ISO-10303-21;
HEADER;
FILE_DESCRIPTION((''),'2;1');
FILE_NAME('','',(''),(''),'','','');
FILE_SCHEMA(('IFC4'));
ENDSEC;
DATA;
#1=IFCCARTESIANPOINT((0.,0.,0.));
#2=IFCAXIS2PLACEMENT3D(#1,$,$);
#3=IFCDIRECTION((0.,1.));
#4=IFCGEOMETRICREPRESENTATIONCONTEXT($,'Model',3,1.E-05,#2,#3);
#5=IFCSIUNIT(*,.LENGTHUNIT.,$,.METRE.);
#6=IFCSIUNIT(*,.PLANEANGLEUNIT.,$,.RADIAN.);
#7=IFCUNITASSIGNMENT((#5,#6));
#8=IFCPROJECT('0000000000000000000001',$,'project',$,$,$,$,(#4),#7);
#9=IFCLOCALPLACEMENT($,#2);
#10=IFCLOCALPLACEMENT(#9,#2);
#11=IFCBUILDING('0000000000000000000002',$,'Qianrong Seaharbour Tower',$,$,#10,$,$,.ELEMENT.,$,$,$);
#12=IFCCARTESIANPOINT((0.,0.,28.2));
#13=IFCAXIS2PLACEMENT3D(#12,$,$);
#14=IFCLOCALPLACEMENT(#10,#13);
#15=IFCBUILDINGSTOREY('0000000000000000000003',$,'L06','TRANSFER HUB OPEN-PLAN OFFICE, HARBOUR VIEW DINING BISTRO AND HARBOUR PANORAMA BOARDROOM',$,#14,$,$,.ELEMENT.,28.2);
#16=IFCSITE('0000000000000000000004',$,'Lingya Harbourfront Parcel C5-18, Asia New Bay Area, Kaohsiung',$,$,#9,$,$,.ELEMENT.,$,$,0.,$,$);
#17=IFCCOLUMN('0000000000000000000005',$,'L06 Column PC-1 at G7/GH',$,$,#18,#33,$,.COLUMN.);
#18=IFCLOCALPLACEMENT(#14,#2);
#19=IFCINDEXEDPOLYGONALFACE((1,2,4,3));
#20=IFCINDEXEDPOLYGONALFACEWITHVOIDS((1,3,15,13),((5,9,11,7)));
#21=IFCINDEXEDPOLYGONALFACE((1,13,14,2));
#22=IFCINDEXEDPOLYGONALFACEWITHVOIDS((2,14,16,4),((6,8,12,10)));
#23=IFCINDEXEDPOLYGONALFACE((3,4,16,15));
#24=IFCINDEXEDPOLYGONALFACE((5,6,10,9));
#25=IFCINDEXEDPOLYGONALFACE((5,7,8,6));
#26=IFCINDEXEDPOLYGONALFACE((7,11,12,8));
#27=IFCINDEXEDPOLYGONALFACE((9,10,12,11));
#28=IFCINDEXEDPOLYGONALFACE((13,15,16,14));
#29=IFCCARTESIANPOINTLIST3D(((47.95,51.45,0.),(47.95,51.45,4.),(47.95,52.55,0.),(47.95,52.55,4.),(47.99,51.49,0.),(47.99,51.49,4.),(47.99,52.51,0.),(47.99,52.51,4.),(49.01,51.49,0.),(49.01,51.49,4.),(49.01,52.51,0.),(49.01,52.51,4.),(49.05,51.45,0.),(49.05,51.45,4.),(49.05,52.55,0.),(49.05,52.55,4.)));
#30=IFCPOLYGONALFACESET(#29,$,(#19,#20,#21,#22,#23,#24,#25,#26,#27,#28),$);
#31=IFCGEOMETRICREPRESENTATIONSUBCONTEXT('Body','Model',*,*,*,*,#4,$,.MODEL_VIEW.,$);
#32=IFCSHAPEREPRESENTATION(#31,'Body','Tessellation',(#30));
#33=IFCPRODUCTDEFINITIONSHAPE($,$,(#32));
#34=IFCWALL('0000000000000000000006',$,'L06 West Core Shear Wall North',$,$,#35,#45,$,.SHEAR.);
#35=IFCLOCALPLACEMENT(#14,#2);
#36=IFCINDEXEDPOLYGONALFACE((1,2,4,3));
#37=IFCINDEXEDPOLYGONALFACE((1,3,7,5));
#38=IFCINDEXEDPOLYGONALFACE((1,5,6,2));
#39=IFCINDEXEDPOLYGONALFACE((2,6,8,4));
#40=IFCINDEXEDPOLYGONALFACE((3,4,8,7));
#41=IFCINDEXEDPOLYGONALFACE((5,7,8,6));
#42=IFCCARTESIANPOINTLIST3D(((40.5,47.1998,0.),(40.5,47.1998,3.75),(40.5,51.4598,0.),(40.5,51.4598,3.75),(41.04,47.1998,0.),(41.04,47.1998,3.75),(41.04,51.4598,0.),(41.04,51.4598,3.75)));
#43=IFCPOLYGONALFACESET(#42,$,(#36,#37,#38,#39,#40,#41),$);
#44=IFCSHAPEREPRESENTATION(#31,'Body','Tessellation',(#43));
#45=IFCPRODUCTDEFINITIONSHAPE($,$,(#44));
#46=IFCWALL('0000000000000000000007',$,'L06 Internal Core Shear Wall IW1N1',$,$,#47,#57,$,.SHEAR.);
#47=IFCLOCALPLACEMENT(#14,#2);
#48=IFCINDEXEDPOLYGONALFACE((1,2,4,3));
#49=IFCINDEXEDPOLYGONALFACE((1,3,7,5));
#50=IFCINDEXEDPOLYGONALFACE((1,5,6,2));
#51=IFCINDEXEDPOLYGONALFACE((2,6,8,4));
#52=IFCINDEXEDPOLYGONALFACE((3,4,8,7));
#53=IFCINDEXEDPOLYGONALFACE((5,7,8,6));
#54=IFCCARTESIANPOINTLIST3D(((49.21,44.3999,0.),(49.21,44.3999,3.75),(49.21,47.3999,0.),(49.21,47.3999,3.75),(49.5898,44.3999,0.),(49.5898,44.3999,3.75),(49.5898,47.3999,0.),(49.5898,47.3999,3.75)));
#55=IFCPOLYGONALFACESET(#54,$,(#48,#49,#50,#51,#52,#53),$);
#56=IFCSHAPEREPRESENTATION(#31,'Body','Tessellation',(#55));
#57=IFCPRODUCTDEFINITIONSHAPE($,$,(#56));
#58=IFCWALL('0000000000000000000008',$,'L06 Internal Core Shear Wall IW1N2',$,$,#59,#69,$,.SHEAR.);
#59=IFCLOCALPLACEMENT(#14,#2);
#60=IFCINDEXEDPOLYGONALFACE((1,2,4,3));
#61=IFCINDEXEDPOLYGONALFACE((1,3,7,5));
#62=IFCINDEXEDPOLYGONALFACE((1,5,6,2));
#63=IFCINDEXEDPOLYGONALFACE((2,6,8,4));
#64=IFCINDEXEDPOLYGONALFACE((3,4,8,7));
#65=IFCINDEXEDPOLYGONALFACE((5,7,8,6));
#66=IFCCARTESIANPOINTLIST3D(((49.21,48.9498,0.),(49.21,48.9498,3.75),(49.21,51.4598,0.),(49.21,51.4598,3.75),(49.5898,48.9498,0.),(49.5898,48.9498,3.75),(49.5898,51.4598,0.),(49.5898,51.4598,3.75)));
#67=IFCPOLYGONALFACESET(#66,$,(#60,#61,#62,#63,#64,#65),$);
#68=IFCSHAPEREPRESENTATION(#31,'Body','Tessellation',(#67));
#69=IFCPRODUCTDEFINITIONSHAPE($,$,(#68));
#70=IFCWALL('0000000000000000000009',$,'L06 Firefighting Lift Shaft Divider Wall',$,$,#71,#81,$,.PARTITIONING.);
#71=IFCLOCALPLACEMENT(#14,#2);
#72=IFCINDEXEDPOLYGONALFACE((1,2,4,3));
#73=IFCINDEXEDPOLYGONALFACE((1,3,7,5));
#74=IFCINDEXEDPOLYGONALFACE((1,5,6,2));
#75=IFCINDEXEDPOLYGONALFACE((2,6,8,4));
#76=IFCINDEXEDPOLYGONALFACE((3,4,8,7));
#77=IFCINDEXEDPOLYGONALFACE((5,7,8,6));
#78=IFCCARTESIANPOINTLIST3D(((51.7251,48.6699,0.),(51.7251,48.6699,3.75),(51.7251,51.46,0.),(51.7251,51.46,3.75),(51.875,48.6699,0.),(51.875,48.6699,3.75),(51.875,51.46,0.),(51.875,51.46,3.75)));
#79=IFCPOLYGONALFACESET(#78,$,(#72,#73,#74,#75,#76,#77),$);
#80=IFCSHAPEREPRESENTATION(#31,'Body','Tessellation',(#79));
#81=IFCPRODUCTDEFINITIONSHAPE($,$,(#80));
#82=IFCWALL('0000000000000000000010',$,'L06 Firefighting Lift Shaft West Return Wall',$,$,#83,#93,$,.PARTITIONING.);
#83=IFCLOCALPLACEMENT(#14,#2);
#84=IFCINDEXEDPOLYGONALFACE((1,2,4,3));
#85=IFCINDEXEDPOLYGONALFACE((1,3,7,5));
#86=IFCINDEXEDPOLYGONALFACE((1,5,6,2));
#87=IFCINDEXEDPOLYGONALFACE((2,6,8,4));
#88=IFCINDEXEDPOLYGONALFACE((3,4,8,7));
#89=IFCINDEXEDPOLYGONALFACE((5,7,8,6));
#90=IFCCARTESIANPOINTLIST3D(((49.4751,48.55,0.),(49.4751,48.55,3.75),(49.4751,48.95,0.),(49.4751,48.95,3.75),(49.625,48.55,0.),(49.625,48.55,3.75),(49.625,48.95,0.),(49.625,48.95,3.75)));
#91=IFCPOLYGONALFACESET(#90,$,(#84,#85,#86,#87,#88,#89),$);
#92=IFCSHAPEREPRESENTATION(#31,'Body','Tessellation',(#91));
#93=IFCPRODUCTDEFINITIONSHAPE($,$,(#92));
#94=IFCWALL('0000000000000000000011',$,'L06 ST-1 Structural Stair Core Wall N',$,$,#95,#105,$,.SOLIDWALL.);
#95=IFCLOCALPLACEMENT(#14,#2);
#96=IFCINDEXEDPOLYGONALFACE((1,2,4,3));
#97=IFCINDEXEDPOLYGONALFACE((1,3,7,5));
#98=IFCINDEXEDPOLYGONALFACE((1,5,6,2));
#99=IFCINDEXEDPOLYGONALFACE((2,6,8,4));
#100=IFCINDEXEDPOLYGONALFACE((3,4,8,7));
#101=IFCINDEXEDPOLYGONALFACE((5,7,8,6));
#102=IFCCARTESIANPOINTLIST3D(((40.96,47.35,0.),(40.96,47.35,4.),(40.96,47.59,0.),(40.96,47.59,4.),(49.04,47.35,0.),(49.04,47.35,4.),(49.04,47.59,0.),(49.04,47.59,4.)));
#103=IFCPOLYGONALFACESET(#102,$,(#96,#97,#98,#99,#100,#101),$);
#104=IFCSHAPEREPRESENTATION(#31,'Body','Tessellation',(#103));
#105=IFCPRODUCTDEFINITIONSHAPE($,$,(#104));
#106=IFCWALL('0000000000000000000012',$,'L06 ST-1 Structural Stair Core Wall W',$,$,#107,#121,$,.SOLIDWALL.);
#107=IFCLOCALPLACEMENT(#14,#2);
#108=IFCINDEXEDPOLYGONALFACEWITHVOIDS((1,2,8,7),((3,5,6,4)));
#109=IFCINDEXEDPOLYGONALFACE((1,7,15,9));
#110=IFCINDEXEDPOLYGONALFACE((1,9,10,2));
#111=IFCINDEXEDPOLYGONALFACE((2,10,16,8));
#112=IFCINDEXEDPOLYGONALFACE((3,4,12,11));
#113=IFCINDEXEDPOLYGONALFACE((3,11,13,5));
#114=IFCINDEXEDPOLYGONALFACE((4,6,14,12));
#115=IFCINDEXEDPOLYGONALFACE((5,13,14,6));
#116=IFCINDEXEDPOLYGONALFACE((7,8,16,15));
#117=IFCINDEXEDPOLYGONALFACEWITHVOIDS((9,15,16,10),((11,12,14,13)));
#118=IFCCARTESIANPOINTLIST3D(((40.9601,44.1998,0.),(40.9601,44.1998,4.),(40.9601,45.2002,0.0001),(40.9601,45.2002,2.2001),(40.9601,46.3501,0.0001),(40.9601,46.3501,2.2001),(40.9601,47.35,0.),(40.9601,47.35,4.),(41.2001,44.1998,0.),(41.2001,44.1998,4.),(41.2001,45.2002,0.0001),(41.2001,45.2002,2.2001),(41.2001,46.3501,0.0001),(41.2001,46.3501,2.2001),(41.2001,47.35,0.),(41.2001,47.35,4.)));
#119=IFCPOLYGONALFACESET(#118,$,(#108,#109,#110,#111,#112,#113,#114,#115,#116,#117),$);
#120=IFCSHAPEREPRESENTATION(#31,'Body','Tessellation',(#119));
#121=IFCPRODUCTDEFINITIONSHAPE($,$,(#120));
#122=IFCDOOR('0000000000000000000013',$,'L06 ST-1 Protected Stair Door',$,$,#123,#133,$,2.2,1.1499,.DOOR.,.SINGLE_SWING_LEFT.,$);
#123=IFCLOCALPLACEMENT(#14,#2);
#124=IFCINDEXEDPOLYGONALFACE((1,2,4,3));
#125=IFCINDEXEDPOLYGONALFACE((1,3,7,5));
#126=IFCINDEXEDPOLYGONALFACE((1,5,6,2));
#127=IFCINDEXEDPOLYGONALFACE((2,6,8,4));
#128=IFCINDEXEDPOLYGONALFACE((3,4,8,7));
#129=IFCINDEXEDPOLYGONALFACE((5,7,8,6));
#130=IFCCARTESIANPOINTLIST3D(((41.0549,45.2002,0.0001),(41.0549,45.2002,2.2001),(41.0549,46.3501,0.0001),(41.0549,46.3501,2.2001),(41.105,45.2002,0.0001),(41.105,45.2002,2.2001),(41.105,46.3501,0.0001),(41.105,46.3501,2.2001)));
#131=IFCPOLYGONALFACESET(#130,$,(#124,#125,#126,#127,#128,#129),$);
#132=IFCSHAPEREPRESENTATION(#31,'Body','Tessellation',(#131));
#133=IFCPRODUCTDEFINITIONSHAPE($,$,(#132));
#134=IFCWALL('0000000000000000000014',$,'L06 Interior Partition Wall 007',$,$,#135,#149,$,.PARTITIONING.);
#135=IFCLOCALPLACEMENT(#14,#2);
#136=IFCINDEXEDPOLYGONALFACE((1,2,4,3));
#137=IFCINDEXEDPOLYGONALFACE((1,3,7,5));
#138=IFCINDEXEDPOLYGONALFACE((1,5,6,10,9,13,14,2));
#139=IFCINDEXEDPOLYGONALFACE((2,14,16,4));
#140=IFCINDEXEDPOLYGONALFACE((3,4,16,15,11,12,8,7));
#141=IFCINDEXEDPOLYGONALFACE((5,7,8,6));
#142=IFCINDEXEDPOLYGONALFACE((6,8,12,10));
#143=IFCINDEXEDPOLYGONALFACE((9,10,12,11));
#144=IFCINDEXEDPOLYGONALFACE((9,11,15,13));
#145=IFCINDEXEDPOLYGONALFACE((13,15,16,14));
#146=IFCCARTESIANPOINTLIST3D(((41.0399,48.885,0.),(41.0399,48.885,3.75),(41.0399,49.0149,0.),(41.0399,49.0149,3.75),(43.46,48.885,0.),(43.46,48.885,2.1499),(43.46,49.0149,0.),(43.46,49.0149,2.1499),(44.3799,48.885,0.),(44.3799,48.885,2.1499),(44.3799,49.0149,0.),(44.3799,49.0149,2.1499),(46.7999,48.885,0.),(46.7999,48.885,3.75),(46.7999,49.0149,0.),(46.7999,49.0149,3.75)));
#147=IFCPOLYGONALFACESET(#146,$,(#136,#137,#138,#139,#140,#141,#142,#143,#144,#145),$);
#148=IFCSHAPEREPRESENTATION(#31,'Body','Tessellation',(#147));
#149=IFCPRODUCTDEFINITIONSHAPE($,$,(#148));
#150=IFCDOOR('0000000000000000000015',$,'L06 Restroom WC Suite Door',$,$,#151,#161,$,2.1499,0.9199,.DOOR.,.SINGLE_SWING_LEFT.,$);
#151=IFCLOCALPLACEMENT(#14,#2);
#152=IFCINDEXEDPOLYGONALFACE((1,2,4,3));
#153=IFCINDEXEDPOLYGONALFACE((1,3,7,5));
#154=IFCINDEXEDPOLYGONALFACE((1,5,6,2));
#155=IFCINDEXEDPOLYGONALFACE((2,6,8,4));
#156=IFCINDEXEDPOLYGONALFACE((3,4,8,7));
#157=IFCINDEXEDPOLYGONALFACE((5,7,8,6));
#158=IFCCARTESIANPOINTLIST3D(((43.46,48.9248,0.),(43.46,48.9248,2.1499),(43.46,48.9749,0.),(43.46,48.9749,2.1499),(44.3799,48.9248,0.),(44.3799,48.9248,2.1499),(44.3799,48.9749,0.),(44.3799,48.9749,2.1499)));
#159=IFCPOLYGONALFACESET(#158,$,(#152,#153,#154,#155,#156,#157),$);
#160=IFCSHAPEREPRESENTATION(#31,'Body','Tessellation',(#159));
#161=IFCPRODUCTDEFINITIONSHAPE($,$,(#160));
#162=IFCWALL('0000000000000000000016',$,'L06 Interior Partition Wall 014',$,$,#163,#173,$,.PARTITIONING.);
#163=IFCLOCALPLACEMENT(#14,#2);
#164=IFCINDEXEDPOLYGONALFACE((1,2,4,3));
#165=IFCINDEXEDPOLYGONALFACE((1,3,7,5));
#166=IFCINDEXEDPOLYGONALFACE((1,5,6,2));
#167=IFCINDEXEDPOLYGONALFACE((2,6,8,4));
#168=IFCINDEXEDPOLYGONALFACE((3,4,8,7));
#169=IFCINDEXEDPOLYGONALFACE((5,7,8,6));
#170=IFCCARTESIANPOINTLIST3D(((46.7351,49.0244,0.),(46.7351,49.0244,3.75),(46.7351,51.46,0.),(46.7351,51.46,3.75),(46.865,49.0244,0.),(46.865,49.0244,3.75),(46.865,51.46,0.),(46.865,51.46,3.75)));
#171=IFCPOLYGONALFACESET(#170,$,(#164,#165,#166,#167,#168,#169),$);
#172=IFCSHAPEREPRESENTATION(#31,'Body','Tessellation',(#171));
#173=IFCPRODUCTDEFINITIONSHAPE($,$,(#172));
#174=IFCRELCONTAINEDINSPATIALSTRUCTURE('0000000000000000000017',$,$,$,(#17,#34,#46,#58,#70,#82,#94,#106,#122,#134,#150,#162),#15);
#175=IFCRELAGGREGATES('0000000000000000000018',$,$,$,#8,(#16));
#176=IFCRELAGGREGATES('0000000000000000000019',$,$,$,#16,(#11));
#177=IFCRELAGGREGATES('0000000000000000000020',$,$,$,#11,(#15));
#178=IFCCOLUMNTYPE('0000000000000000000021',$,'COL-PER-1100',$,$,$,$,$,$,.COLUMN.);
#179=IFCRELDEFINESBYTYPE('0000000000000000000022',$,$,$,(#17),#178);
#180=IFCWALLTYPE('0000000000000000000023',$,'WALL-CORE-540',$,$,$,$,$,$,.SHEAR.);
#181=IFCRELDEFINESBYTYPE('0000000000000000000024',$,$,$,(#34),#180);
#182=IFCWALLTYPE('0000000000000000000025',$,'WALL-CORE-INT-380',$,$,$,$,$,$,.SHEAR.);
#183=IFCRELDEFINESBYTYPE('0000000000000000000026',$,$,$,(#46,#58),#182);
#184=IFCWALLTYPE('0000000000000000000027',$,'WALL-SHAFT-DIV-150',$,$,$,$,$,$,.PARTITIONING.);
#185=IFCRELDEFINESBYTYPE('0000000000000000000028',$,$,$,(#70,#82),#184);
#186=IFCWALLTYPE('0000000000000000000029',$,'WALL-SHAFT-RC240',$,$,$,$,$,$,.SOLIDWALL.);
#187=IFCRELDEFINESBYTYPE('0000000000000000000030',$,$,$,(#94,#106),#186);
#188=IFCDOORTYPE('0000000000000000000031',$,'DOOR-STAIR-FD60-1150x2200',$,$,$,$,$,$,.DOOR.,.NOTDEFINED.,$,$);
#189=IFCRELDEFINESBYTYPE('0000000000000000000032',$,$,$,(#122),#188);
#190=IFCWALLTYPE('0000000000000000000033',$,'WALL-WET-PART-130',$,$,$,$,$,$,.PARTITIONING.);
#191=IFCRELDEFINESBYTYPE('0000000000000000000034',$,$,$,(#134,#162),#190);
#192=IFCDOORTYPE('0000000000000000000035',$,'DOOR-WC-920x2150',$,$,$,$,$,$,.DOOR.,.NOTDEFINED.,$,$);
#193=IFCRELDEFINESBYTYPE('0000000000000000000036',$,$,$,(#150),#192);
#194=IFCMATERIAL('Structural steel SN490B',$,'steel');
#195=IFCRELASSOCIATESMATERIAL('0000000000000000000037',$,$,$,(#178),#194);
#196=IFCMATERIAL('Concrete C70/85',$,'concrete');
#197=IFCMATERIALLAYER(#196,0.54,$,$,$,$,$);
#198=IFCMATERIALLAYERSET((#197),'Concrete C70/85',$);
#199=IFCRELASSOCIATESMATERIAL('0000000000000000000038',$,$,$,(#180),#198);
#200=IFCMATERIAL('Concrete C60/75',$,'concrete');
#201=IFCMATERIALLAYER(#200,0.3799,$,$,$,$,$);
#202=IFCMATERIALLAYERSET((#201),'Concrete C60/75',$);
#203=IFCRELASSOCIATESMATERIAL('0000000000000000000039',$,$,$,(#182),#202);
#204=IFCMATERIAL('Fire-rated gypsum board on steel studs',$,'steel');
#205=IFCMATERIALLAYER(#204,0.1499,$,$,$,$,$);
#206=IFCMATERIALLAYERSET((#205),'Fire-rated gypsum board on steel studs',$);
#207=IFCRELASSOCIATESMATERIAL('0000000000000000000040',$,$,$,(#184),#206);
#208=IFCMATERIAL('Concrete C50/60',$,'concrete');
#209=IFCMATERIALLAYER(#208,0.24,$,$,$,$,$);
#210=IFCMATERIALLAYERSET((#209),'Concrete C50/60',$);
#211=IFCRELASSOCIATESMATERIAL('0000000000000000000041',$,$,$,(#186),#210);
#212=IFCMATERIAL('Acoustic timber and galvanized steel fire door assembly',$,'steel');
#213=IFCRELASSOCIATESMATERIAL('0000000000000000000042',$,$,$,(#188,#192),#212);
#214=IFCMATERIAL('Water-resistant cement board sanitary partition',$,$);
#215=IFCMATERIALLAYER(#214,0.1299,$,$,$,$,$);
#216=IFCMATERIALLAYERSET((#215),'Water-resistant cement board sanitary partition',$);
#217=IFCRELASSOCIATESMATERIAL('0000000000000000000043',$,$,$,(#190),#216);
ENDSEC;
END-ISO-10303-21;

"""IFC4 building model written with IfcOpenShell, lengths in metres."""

from ifc_helpers import new_model, si_unit, direction, frame, frame_2d, origin, origin_2d, place, context, subcontext, project, spatial, rectangle, hollow_rectangle, extrude, material, layer, layer_set, material_profile, profile_set, type_object, element, fill, save


model = new_model("IFC4")

# Units and contexts
model_context = context("Model", 3, precision=1e-05, world=origin(), true_north=direction((0.0, 1.0)))
body_context = subcontext(model_context, "Body", "Model", "MODEL_VIEW")
ifc_project = project(units=[si_unit("LENGTHUNIT", "METRE"), si_unit("PLANEANGLEUNIT", "RADIAN")], contexts=[model_context])

# Site, building, storey
site_placement = place(None, origin())
site = spatial("IfcSite", under=ifc_project, at=site_placement, Name="Lingya Harbourfront Parcel C5-18, Asia New Bay Area, Kaohsiung", CompositionType="ELEMENT", RefElevation=0.0)
building_placement = place(site_placement, origin())
building = spatial("IfcBuilding", under=site, at=building_placement, Name="Qianrong Seaharbour Tower", CompositionType="ELEMENT")
storey_placement = place(building_placement, frame((0.0, 0.0, 28.2)))
storey = spatial("IfcBuildingStorey", under=building, at=storey_placement, Name="L06", Description="TRANSFER HUB OPEN-PLAN OFFICE, HARBOUR VIEW DINING BISTRO AND HARBOUR PANORAMA BOARDROOM", CompositionType="ELEMENT", Elevation=28.2)

# Column
ifc_material_1 = material(Name="Structural steel SN490B", Category="steel")
ifc_material_profile = material_profile(ifc_material_1, hollow_rectangle(XDim=1.1001, YDim=1.1001, WallThickness=0.04, at=origin_2d()), Name="BOX1100x1100x40")
ifc_profile_set = profile_set([ifc_material_profile], Name="Structural steel SN490B")
column_type = type_object("IfcColumnType", Name="COL-PER-1100", PredefinedType="COLUMN", material=ifc_profile_set)
column_placement = place(storey_placement, frame((48.5, 52.0, 0.0), z_axis=(0.0, 0.0, 1.0), x_axis=(1.0, 0.0, 0.0)))
element("IfcColumn", 1, at=column_placement, inside=storey, type_object=column_type, Name="L06 Column PC-1 at G7/GH", PredefinedType="COLUMN", context=body_context, shape_type="SweptSolid", body=[
    extrude(hollow_rectangle(XDim=1.1001, YDim=1.1001, WallThickness=0.04, at=origin_2d()), origin(), (0.0, 0.0, 1.0), 4.0),
])

# Walls
ifc_material_2 = material(Name="Concrete C70/85", Category="concrete")
ifc_layer_1 = layer(ifc_material_2, 0.54)
ifc_layer_set_1 = layer_set([ifc_layer_1], Name="Concrete C70/85")
wall_type_1 = type_object("IfcWallType", Name="WALL-CORE-540", PredefinedType="SHEAR", material=ifc_layer_set_1)
wall_1_placement = place(storey_placement, frame((40.77, 47.2, 0.0), z_axis=(0.0, 0.0, 1.0), x_axis=(0.0, 1.0, 0.0)))
element("IfcWall", 2, at=wall_1_placement, inside=storey, type_object=wall_type_1, Name="L06 West Core Shear Wall North", PredefinedType="SHEAR", context=body_context, shape_type="SweptSolid", body=[
    extrude(rectangle(XDim=4.26, YDim=0.54, at=frame_2d((2.1299, 0.0))), origin(), (0.0, 0.0, 1.0), 3.75),
])
ifc_material_3 = material(Name="Concrete C60/75", Category="concrete")
ifc_layer_2 = layer(ifc_material_3, 0.3799)
ifc_layer_set_2 = layer_set([ifc_layer_2], Name="Concrete C60/75")
wall_type_2 = type_object("IfcWallType", Name="WALL-CORE-INT-380", PredefinedType="SHEAR", material=ifc_layer_set_2)
wall_2_placement = place(storey_placement, frame((49.3999, 44.3999, 0.0), z_axis=(0.0, 0.0, 1.0), x_axis=(0.0, 1.0, 0.0)))
element("IfcWall", 3, at=wall_2_placement, inside=storey, type_object=wall_type_2, Name="L06 Internal Core Shear Wall IW1N1", PredefinedType="SHEAR", context=body_context, shape_type="SweptSolid", body=[
    extrude(rectangle(XDim=3.0, YDim=0.3799, at=frame_2d((1.5, 0.0))), origin(), (0.0, 0.0, 1.0), 3.75),
])
wall_3_placement = place(storey_placement, frame((49.3999, 48.95, 0.0), z_axis=(0.0, 0.0, 1.0), x_axis=(0.0, 1.0, 0.0)))
element("IfcWall", 4, at=wall_3_placement, inside=storey, type_object=wall_type_2, Name="L06 Internal Core Shear Wall IW1N2", PredefinedType="SHEAR", context=body_context, shape_type="SweptSolid", body=[
    extrude(rectangle(XDim=2.51, YDim=0.3799, at=frame_2d((1.2549, 0.0))), origin(), (0.0, 0.0, 1.0), 3.75),
])

# Shared definitions
ifc_material_4 = material(Name="Acoustic timber and galvanized steel fire door assembly", Category="steel")

# Walls
ifc_material_5 = material(Name="Fire-rated gypsum board on steel studs", Category="steel")
ifc_layer_3 = layer(ifc_material_5, 0.1499)
ifc_layer_set_3 = layer_set([ifc_layer_3], Name="Fire-rated gypsum board on steel studs")
wall_type_3 = type_object("IfcWallType", Name="WALL-SHAFT-DIV-150", PredefinedType="PARTITIONING", material=ifc_layer_set_3)
wall_4_placement = place(storey_placement, frame((51.8, 48.6699, 0.0), z_axis=(0.0, 0.0, 1.0), x_axis=(0.0, 1.0, 0.0)))
element("IfcWall", 5, at=wall_4_placement, inside=storey, type_object=wall_type_3, Name="L06 Firefighting Lift Shaft Divider Wall", PredefinedType="PARTITIONING", context=body_context, shape_type="SweptSolid", body=[
    extrude(rectangle(XDim=2.79, YDim=0.1499, at=frame_2d((1.395, 0.0))), origin(), (0.0, 0.0, 1.0), 3.75),
])
wall_5_placement = place(storey_placement, frame((49.55, 48.55, 0.0), z_axis=(0.0, 0.0, 1.0), x_axis=(0.0, 1.0, 0.0)))
element("IfcWall", 6, at=wall_5_placement, inside=storey, type_object=wall_type_3, Name="L06 Firefighting Lift Shaft West Return Wall", PredefinedType="PARTITIONING", context=body_context, shape_type="SweptSolid", body=[
    extrude(rectangle(XDim=0.3999, YDim=0.1499, at=frame_2d((0.2, 0.0))), origin(), (0.0, 0.0, 1.0), 3.75),
])
ifc_material_6 = material(Name="Concrete C50/60", Category="concrete")
ifc_layer_4 = layer(ifc_material_6, 0.24)
ifc_layer_set_4 = layer_set([ifc_layer_4], Name="Concrete C50/60")
wall_type_4 = type_object("IfcWallType", Name="WALL-SHAFT-RC240", PredefinedType="SOLIDWALL", material=ifc_layer_set_4)
wall_6_placement = place(storey_placement, frame((40.96, 47.47, 0.0), z_axis=(0.0, 0.0, 1.0), x_axis=(1.0, 0.0, 0.0)))
element("IfcWall", 7, at=wall_6_placement, inside=storey, type_object=wall_type_4, Name="L06 ST-1 Structural Stair Core Wall N", PredefinedType="SOLIDWALL", context=body_context, shape_type="SweptSolid", body=[
    extrude(rectangle(XDim=8.0801, YDim=0.24, at=frame_2d((4.04, 0.0))), origin(), (0.0, 0.0, 1.0), 4.0),
])

# Walls, openings, doors
wall_7_placement = place(storey_placement, frame((41.0801, 47.3501, 0.0), z_axis=(0.0, 0.0, 1.0), x_axis=(0.0, -1.0, 0.0)))
wall_7 = element("IfcWall", 8, at=wall_7_placement, inside=storey, type_object=wall_type_4, Name="L06 ST-1 Structural Stair Core Wall W", PredefinedType="SOLIDWALL", context=body_context, shape_type="SweptSolid", body=[
    extrude(rectangle(XDim=3.1501, YDim=0.24, at=frame_2d((1.5752, 0.0))), origin(), (0.0, 0.0, 1.0), 4.0),
])
opening_1_placement = place(wall_7_placement, frame((1.0, 0.0, 0.0)))
opening_1 = element("IfcOpeningElement", 9, at=opening_1_placement, cuts=wall_7, PredefinedType="OPENING", context=body_context, shape_type="SweptSolid", body=[
    extrude(rectangle(XDim=1.1499, YDim=2.2, at=frame_2d((0.575, 1.1001))), frame((0.0, 0.1299, 0.0), z_axis=(0.0, -1.0, 0.0), x_axis=(1.0, 0.0, 0.0)), (0.0, 0.0, 1.0), 0.26),
])
door_type_1 = type_object("IfcDoorType", Name="DOOR-STAIR-FD60-1150x2200", OperationType="NOTDEFINED", PredefinedType="DOOR", material=ifc_material_4)
door_1_placement = place(opening_1_placement, origin())
door_1 = element("IfcDoor", 10, at=door_1_placement, inside=storey, type_object=door_type_1, Name="L06 ST-1 Protected Stair Door", OperationType="SINGLE_SWING_LEFT", OverallHeight=2.2, OverallWidth=1.1499, PredefinedType="DOOR", context=body_context, shape_type="SweptSolid", body=[
    extrude(rectangle(XDim=1.1499, YDim=2.2, at=frame_2d((0.575, 1.1001))), frame((0.0, 0.0249, 0.0), z_axis=(0.0, -1.0, 0.0), x_axis=(1.0, 0.0, 0.0)), (0.0, 0.0, 1.0), 0.05),
])
fill(opening_1, door_1)
ifc_material_7 = material(Name="Water-resistant cement board sanitary partition")
ifc_layer_5 = layer(ifc_material_7, 0.1299)
ifc_layer_set_5 = layer_set([ifc_layer_5], Name="Water-resistant cement board sanitary partition")
wall_type_5 = type_object("IfcWallType", Name="WALL-WET-PART-130", PredefinedType="PARTITIONING", material=ifc_layer_set_5)
wall_8_placement = place(storey_placement, frame((41.04, 48.95, 0.0), z_axis=(0.0, 0.0, 1.0), x_axis=(1.0, 0.0, 0.0)))
wall_8 = element("IfcWall", 11, at=wall_8_placement, inside=storey, type_object=wall_type_5, Name="L06 Interior Partition Wall 007", PredefinedType="PARTITIONING", context=body_context, shape_type="SweptSolid", body=[
    extrude(rectangle(XDim=5.76, YDim=0.1299, at=frame_2d((2.8799, 0.0))), origin(), (0.0, 0.0, 1.0), 3.75),
])
opening_2_placement = place(wall_8_placement, frame((2.4199, 0.0, 0.0)))
opening_2 = element("IfcOpeningElement", 12, at=opening_2_placement, cuts=wall_8, PredefinedType="OPENING", context=body_context, shape_type="SweptSolid", body=[
    extrude(rectangle(XDim=0.9199, YDim=2.1499, at=frame_2d((0.46, 1.075))), frame((0.0, 0.075, 0.0), z_axis=(0.0, -1.0, 0.0), x_axis=(1.0, 0.0, 0.0)), (0.0, 0.0, 1.0), 0.1499),
])
door_type_2 = type_object("IfcDoorType", Name="DOOR-WC-920x2150", OperationType="NOTDEFINED", PredefinedType="DOOR", material=ifc_material_4)
door_2_placement = place(opening_2_placement, origin())
door_2 = element("IfcDoor", 13, at=door_2_placement, inside=storey, type_object=door_type_2, Name="L06 Restroom WC Suite Door", OperationType="SINGLE_SWING_LEFT", OverallHeight=2.1499, OverallWidth=0.9199, PredefinedType="DOOR", context=body_context, shape_type="SweptSolid", body=[
    extrude(rectangle(XDim=0.9199, YDim=2.1499, at=frame_2d((0.46, 1.075))), frame((0.0, 0.0249, 0.0), z_axis=(0.0, -1.0, 0.0), x_axis=(1.0, 0.0, 0.0)), (0.0, 0.0, 1.0), 0.05),
])
fill(opening_2, door_2)

# Wall
wall_9_placement = place(storey_placement, frame((46.8, 51.46, 0.0), z_axis=(0.0, 0.0, 1.0), x_axis=(0.0, -1.0, 0.0)))
element("IfcWall", 14, at=wall_9_placement, inside=storey, type_object=wall_type_5, Name="L06 Interior Partition Wall 014", PredefinedType="PARTITIONING", context=body_context, shape_type="SweptSolid", body=[
    extrude(rectangle(XDim=2.4355, YDim=0.1299, at=frame_2d((1.2178, 0.0))), origin(), (0.0, 0.0, 1.0), 3.75),
])

save(model, "model.ifc")
